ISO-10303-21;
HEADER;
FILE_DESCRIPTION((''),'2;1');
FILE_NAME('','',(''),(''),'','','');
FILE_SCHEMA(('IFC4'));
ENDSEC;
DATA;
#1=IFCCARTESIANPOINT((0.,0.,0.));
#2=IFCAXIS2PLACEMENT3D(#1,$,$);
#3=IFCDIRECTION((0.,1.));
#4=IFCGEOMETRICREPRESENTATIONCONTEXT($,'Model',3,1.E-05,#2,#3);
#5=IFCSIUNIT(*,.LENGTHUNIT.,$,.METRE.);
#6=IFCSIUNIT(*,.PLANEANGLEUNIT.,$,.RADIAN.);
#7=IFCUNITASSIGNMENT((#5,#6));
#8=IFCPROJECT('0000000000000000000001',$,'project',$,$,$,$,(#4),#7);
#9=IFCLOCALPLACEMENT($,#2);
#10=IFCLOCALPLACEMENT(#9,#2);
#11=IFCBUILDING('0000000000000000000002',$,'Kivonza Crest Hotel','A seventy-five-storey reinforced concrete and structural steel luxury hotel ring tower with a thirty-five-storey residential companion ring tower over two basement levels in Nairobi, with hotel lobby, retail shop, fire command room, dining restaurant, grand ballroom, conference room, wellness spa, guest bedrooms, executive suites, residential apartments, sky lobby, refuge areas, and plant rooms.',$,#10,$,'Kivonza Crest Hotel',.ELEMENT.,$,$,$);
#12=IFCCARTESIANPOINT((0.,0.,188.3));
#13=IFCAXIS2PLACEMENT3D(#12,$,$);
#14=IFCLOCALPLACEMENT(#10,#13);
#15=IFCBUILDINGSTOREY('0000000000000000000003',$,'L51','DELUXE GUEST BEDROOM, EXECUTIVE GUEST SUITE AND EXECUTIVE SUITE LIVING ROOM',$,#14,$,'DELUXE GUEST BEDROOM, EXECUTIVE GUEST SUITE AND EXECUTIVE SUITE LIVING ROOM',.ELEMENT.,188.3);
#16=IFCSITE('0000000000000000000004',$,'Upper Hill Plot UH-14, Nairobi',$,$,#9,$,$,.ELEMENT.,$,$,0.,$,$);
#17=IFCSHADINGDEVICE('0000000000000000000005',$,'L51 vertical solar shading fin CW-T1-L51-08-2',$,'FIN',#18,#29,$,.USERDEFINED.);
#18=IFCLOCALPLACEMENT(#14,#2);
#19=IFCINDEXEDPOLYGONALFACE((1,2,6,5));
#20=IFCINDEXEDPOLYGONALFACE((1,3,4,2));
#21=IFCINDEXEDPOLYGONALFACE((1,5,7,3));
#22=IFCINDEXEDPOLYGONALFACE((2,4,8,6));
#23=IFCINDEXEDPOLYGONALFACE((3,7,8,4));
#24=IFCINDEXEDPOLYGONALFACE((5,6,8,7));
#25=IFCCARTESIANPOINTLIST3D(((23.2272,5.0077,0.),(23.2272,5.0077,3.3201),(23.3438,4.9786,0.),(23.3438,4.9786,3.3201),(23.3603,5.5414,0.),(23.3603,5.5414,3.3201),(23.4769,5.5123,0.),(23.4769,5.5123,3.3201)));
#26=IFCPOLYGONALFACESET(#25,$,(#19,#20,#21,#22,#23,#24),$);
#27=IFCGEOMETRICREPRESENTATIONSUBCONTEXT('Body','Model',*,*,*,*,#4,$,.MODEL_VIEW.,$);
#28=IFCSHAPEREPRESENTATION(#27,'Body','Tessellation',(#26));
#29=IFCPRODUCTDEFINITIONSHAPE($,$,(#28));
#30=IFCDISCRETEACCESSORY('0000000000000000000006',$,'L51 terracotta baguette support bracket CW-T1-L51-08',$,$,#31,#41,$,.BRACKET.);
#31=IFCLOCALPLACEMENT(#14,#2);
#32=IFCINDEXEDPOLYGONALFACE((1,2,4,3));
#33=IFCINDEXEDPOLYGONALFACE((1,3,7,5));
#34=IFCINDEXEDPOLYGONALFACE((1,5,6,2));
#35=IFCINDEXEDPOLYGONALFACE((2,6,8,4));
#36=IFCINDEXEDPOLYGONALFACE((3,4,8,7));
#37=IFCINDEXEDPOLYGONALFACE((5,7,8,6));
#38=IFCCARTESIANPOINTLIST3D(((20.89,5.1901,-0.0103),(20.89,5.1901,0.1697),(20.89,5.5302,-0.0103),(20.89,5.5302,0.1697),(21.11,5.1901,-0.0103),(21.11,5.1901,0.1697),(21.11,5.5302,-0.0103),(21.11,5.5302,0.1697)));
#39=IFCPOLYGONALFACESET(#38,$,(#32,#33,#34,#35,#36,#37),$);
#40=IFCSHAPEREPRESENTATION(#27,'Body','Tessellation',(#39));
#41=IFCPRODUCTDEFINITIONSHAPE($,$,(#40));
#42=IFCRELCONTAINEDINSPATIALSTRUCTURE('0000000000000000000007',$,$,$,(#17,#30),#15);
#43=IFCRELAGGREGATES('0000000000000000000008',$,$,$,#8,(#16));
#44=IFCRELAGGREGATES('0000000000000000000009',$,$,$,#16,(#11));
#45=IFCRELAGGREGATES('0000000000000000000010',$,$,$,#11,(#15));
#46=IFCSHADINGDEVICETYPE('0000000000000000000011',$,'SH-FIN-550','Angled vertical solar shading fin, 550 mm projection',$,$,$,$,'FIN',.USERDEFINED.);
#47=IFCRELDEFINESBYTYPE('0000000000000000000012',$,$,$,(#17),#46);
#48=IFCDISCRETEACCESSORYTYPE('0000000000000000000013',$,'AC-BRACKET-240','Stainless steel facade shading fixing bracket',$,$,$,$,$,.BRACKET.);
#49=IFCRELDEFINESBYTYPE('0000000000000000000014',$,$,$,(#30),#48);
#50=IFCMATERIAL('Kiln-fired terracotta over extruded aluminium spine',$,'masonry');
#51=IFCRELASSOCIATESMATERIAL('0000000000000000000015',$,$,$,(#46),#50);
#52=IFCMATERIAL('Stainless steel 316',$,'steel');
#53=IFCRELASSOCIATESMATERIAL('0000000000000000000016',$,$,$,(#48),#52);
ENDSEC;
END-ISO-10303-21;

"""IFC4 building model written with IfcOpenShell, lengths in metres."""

from ifc_helpers import new_model, si_unit, direction, frame, origin, origin_2d, place, context, subcontext, project, spatial, rectangle, extrude, material, type_object, element, save


model = new_model("IFC4")

# Units and contexts
model_context = context("Model", 3, precision=1e-05, world=origin(), true_north=direction((0.0, 1.0)))
body_context = subcontext(model_context, "Body", "Model", "MODEL_VIEW")
ifc_project = project(units=[si_unit("LENGTHUNIT", "METRE"), si_unit("PLANEANGLEUNIT", "RADIAN")], contexts=[model_context])

# Site, building, storey
site_placement = place(None, origin())
site = spatial("IfcSite", under=ifc_project, at=site_placement, Name="Upper Hill Plot UH-14, Nairobi", CompositionType="ELEMENT", RefElevation=0.0)
building_placement = place(site_placement, origin())
building = spatial("IfcBuilding", under=site, at=building_placement, Name="Kivonza Crest Hotel", Description="A seventy-five-storey reinforced concrete and structural steel luxury hotel ring tower with a thirty-five-storey residential companion ring tower over two basement levels in Nairobi, with hotel lobby, retail shop, fire command room, dining restaurant, grand ballroom, conference room, wellness spa, guest bedrooms, executive suites, residential apartments, sky lobby, refuge areas, and plant rooms.", LongName="Kivonza Crest Hotel", CompositionType="ELEMENT")
storey_placement = place(building_placement, frame((0.0, 0.0, 188.3)))
storey = spatial("IfcBuildingStorey", under=building, at=storey_placement, Name="L51", Description="DELUXE GUEST BEDROOM, EXECUTIVE GUEST SUITE AND EXECUTIVE SUITE LIVING ROOM", LongName="DELUXE GUEST BEDROOM, EXECUTIVE GUEST SUITE AND EXECUTIVE SUITE LIVING ROOM", CompositionType="ELEMENT", Elevation=188.3)

# Shading device
ifc_material_1 = material(Name="Kiln-fired terracotta over extruded aluminium spine", Category="masonry")
shading_device_type_1 = type_object("IfcShadingDeviceType", Name="SH-FIN-550", Description="Angled vertical solar shading fin, 550 mm projection", ElementType="FIN", PredefinedType="USERDEFINED", material=ifc_material_1)
for number, where, z_axis, x_axis, name in (
    (1, (23.3521, 5.26, 0.0), (0.0, 0.0, 1.0), (0.970296, -0.241922, 0.0), "L51 vertical solar shading fin CW-T1-L51-08-2"),
):
    element("IfcShadingDevice", number, at=place(storey_placement, frame(where, z_axis=z_axis, x_axis=x_axis)), inside=storey, type_object=shading_device_type_1, Name=name, ObjectType="FIN", PredefinedType="USERDEFINED", context=body_context, shape_type="SweptSolid", body=[
        extrude(rectangle(XDim=0.1201, YDim=0.55, at=origin_2d()), origin(), (0.0, 0.0, 1.0), 3.3201),
    ])

# Discrete accessory
ifc_material_2 = material(Name="Stainless steel 316", Category="steel")
discrete_accessory_type = type_object("IfcDiscreteAccessoryType", Name="AC-BRACKET-240", Description="Stainless steel facade shading fixing bracket", PredefinedType="BRACKET", material=ifc_material_2)
discrete_accessory_placement = place(storey_placement, frame((21.0, 5.3601, -0.0103), z_axis=(0.0, 0.0, 1.0), x_axis=(1.0, 0.0, 0.0)))
element("IfcDiscreteAccessory", 2, at=discrete_accessory_placement, inside=storey, type_object=discrete_accessory_type, Name="L51 terracotta baguette support bracket CW-T1-L51-08", PredefinedType="BRACKET", context=body_context, shape_type="SweptSolid", body=[
    extrude(rectangle(XDim=0.22, YDim=0.3401, at=origin_2d()), origin(), (0.0, 0.0, 1.0), 0.1799),
])

save(model, "model.ifc")
